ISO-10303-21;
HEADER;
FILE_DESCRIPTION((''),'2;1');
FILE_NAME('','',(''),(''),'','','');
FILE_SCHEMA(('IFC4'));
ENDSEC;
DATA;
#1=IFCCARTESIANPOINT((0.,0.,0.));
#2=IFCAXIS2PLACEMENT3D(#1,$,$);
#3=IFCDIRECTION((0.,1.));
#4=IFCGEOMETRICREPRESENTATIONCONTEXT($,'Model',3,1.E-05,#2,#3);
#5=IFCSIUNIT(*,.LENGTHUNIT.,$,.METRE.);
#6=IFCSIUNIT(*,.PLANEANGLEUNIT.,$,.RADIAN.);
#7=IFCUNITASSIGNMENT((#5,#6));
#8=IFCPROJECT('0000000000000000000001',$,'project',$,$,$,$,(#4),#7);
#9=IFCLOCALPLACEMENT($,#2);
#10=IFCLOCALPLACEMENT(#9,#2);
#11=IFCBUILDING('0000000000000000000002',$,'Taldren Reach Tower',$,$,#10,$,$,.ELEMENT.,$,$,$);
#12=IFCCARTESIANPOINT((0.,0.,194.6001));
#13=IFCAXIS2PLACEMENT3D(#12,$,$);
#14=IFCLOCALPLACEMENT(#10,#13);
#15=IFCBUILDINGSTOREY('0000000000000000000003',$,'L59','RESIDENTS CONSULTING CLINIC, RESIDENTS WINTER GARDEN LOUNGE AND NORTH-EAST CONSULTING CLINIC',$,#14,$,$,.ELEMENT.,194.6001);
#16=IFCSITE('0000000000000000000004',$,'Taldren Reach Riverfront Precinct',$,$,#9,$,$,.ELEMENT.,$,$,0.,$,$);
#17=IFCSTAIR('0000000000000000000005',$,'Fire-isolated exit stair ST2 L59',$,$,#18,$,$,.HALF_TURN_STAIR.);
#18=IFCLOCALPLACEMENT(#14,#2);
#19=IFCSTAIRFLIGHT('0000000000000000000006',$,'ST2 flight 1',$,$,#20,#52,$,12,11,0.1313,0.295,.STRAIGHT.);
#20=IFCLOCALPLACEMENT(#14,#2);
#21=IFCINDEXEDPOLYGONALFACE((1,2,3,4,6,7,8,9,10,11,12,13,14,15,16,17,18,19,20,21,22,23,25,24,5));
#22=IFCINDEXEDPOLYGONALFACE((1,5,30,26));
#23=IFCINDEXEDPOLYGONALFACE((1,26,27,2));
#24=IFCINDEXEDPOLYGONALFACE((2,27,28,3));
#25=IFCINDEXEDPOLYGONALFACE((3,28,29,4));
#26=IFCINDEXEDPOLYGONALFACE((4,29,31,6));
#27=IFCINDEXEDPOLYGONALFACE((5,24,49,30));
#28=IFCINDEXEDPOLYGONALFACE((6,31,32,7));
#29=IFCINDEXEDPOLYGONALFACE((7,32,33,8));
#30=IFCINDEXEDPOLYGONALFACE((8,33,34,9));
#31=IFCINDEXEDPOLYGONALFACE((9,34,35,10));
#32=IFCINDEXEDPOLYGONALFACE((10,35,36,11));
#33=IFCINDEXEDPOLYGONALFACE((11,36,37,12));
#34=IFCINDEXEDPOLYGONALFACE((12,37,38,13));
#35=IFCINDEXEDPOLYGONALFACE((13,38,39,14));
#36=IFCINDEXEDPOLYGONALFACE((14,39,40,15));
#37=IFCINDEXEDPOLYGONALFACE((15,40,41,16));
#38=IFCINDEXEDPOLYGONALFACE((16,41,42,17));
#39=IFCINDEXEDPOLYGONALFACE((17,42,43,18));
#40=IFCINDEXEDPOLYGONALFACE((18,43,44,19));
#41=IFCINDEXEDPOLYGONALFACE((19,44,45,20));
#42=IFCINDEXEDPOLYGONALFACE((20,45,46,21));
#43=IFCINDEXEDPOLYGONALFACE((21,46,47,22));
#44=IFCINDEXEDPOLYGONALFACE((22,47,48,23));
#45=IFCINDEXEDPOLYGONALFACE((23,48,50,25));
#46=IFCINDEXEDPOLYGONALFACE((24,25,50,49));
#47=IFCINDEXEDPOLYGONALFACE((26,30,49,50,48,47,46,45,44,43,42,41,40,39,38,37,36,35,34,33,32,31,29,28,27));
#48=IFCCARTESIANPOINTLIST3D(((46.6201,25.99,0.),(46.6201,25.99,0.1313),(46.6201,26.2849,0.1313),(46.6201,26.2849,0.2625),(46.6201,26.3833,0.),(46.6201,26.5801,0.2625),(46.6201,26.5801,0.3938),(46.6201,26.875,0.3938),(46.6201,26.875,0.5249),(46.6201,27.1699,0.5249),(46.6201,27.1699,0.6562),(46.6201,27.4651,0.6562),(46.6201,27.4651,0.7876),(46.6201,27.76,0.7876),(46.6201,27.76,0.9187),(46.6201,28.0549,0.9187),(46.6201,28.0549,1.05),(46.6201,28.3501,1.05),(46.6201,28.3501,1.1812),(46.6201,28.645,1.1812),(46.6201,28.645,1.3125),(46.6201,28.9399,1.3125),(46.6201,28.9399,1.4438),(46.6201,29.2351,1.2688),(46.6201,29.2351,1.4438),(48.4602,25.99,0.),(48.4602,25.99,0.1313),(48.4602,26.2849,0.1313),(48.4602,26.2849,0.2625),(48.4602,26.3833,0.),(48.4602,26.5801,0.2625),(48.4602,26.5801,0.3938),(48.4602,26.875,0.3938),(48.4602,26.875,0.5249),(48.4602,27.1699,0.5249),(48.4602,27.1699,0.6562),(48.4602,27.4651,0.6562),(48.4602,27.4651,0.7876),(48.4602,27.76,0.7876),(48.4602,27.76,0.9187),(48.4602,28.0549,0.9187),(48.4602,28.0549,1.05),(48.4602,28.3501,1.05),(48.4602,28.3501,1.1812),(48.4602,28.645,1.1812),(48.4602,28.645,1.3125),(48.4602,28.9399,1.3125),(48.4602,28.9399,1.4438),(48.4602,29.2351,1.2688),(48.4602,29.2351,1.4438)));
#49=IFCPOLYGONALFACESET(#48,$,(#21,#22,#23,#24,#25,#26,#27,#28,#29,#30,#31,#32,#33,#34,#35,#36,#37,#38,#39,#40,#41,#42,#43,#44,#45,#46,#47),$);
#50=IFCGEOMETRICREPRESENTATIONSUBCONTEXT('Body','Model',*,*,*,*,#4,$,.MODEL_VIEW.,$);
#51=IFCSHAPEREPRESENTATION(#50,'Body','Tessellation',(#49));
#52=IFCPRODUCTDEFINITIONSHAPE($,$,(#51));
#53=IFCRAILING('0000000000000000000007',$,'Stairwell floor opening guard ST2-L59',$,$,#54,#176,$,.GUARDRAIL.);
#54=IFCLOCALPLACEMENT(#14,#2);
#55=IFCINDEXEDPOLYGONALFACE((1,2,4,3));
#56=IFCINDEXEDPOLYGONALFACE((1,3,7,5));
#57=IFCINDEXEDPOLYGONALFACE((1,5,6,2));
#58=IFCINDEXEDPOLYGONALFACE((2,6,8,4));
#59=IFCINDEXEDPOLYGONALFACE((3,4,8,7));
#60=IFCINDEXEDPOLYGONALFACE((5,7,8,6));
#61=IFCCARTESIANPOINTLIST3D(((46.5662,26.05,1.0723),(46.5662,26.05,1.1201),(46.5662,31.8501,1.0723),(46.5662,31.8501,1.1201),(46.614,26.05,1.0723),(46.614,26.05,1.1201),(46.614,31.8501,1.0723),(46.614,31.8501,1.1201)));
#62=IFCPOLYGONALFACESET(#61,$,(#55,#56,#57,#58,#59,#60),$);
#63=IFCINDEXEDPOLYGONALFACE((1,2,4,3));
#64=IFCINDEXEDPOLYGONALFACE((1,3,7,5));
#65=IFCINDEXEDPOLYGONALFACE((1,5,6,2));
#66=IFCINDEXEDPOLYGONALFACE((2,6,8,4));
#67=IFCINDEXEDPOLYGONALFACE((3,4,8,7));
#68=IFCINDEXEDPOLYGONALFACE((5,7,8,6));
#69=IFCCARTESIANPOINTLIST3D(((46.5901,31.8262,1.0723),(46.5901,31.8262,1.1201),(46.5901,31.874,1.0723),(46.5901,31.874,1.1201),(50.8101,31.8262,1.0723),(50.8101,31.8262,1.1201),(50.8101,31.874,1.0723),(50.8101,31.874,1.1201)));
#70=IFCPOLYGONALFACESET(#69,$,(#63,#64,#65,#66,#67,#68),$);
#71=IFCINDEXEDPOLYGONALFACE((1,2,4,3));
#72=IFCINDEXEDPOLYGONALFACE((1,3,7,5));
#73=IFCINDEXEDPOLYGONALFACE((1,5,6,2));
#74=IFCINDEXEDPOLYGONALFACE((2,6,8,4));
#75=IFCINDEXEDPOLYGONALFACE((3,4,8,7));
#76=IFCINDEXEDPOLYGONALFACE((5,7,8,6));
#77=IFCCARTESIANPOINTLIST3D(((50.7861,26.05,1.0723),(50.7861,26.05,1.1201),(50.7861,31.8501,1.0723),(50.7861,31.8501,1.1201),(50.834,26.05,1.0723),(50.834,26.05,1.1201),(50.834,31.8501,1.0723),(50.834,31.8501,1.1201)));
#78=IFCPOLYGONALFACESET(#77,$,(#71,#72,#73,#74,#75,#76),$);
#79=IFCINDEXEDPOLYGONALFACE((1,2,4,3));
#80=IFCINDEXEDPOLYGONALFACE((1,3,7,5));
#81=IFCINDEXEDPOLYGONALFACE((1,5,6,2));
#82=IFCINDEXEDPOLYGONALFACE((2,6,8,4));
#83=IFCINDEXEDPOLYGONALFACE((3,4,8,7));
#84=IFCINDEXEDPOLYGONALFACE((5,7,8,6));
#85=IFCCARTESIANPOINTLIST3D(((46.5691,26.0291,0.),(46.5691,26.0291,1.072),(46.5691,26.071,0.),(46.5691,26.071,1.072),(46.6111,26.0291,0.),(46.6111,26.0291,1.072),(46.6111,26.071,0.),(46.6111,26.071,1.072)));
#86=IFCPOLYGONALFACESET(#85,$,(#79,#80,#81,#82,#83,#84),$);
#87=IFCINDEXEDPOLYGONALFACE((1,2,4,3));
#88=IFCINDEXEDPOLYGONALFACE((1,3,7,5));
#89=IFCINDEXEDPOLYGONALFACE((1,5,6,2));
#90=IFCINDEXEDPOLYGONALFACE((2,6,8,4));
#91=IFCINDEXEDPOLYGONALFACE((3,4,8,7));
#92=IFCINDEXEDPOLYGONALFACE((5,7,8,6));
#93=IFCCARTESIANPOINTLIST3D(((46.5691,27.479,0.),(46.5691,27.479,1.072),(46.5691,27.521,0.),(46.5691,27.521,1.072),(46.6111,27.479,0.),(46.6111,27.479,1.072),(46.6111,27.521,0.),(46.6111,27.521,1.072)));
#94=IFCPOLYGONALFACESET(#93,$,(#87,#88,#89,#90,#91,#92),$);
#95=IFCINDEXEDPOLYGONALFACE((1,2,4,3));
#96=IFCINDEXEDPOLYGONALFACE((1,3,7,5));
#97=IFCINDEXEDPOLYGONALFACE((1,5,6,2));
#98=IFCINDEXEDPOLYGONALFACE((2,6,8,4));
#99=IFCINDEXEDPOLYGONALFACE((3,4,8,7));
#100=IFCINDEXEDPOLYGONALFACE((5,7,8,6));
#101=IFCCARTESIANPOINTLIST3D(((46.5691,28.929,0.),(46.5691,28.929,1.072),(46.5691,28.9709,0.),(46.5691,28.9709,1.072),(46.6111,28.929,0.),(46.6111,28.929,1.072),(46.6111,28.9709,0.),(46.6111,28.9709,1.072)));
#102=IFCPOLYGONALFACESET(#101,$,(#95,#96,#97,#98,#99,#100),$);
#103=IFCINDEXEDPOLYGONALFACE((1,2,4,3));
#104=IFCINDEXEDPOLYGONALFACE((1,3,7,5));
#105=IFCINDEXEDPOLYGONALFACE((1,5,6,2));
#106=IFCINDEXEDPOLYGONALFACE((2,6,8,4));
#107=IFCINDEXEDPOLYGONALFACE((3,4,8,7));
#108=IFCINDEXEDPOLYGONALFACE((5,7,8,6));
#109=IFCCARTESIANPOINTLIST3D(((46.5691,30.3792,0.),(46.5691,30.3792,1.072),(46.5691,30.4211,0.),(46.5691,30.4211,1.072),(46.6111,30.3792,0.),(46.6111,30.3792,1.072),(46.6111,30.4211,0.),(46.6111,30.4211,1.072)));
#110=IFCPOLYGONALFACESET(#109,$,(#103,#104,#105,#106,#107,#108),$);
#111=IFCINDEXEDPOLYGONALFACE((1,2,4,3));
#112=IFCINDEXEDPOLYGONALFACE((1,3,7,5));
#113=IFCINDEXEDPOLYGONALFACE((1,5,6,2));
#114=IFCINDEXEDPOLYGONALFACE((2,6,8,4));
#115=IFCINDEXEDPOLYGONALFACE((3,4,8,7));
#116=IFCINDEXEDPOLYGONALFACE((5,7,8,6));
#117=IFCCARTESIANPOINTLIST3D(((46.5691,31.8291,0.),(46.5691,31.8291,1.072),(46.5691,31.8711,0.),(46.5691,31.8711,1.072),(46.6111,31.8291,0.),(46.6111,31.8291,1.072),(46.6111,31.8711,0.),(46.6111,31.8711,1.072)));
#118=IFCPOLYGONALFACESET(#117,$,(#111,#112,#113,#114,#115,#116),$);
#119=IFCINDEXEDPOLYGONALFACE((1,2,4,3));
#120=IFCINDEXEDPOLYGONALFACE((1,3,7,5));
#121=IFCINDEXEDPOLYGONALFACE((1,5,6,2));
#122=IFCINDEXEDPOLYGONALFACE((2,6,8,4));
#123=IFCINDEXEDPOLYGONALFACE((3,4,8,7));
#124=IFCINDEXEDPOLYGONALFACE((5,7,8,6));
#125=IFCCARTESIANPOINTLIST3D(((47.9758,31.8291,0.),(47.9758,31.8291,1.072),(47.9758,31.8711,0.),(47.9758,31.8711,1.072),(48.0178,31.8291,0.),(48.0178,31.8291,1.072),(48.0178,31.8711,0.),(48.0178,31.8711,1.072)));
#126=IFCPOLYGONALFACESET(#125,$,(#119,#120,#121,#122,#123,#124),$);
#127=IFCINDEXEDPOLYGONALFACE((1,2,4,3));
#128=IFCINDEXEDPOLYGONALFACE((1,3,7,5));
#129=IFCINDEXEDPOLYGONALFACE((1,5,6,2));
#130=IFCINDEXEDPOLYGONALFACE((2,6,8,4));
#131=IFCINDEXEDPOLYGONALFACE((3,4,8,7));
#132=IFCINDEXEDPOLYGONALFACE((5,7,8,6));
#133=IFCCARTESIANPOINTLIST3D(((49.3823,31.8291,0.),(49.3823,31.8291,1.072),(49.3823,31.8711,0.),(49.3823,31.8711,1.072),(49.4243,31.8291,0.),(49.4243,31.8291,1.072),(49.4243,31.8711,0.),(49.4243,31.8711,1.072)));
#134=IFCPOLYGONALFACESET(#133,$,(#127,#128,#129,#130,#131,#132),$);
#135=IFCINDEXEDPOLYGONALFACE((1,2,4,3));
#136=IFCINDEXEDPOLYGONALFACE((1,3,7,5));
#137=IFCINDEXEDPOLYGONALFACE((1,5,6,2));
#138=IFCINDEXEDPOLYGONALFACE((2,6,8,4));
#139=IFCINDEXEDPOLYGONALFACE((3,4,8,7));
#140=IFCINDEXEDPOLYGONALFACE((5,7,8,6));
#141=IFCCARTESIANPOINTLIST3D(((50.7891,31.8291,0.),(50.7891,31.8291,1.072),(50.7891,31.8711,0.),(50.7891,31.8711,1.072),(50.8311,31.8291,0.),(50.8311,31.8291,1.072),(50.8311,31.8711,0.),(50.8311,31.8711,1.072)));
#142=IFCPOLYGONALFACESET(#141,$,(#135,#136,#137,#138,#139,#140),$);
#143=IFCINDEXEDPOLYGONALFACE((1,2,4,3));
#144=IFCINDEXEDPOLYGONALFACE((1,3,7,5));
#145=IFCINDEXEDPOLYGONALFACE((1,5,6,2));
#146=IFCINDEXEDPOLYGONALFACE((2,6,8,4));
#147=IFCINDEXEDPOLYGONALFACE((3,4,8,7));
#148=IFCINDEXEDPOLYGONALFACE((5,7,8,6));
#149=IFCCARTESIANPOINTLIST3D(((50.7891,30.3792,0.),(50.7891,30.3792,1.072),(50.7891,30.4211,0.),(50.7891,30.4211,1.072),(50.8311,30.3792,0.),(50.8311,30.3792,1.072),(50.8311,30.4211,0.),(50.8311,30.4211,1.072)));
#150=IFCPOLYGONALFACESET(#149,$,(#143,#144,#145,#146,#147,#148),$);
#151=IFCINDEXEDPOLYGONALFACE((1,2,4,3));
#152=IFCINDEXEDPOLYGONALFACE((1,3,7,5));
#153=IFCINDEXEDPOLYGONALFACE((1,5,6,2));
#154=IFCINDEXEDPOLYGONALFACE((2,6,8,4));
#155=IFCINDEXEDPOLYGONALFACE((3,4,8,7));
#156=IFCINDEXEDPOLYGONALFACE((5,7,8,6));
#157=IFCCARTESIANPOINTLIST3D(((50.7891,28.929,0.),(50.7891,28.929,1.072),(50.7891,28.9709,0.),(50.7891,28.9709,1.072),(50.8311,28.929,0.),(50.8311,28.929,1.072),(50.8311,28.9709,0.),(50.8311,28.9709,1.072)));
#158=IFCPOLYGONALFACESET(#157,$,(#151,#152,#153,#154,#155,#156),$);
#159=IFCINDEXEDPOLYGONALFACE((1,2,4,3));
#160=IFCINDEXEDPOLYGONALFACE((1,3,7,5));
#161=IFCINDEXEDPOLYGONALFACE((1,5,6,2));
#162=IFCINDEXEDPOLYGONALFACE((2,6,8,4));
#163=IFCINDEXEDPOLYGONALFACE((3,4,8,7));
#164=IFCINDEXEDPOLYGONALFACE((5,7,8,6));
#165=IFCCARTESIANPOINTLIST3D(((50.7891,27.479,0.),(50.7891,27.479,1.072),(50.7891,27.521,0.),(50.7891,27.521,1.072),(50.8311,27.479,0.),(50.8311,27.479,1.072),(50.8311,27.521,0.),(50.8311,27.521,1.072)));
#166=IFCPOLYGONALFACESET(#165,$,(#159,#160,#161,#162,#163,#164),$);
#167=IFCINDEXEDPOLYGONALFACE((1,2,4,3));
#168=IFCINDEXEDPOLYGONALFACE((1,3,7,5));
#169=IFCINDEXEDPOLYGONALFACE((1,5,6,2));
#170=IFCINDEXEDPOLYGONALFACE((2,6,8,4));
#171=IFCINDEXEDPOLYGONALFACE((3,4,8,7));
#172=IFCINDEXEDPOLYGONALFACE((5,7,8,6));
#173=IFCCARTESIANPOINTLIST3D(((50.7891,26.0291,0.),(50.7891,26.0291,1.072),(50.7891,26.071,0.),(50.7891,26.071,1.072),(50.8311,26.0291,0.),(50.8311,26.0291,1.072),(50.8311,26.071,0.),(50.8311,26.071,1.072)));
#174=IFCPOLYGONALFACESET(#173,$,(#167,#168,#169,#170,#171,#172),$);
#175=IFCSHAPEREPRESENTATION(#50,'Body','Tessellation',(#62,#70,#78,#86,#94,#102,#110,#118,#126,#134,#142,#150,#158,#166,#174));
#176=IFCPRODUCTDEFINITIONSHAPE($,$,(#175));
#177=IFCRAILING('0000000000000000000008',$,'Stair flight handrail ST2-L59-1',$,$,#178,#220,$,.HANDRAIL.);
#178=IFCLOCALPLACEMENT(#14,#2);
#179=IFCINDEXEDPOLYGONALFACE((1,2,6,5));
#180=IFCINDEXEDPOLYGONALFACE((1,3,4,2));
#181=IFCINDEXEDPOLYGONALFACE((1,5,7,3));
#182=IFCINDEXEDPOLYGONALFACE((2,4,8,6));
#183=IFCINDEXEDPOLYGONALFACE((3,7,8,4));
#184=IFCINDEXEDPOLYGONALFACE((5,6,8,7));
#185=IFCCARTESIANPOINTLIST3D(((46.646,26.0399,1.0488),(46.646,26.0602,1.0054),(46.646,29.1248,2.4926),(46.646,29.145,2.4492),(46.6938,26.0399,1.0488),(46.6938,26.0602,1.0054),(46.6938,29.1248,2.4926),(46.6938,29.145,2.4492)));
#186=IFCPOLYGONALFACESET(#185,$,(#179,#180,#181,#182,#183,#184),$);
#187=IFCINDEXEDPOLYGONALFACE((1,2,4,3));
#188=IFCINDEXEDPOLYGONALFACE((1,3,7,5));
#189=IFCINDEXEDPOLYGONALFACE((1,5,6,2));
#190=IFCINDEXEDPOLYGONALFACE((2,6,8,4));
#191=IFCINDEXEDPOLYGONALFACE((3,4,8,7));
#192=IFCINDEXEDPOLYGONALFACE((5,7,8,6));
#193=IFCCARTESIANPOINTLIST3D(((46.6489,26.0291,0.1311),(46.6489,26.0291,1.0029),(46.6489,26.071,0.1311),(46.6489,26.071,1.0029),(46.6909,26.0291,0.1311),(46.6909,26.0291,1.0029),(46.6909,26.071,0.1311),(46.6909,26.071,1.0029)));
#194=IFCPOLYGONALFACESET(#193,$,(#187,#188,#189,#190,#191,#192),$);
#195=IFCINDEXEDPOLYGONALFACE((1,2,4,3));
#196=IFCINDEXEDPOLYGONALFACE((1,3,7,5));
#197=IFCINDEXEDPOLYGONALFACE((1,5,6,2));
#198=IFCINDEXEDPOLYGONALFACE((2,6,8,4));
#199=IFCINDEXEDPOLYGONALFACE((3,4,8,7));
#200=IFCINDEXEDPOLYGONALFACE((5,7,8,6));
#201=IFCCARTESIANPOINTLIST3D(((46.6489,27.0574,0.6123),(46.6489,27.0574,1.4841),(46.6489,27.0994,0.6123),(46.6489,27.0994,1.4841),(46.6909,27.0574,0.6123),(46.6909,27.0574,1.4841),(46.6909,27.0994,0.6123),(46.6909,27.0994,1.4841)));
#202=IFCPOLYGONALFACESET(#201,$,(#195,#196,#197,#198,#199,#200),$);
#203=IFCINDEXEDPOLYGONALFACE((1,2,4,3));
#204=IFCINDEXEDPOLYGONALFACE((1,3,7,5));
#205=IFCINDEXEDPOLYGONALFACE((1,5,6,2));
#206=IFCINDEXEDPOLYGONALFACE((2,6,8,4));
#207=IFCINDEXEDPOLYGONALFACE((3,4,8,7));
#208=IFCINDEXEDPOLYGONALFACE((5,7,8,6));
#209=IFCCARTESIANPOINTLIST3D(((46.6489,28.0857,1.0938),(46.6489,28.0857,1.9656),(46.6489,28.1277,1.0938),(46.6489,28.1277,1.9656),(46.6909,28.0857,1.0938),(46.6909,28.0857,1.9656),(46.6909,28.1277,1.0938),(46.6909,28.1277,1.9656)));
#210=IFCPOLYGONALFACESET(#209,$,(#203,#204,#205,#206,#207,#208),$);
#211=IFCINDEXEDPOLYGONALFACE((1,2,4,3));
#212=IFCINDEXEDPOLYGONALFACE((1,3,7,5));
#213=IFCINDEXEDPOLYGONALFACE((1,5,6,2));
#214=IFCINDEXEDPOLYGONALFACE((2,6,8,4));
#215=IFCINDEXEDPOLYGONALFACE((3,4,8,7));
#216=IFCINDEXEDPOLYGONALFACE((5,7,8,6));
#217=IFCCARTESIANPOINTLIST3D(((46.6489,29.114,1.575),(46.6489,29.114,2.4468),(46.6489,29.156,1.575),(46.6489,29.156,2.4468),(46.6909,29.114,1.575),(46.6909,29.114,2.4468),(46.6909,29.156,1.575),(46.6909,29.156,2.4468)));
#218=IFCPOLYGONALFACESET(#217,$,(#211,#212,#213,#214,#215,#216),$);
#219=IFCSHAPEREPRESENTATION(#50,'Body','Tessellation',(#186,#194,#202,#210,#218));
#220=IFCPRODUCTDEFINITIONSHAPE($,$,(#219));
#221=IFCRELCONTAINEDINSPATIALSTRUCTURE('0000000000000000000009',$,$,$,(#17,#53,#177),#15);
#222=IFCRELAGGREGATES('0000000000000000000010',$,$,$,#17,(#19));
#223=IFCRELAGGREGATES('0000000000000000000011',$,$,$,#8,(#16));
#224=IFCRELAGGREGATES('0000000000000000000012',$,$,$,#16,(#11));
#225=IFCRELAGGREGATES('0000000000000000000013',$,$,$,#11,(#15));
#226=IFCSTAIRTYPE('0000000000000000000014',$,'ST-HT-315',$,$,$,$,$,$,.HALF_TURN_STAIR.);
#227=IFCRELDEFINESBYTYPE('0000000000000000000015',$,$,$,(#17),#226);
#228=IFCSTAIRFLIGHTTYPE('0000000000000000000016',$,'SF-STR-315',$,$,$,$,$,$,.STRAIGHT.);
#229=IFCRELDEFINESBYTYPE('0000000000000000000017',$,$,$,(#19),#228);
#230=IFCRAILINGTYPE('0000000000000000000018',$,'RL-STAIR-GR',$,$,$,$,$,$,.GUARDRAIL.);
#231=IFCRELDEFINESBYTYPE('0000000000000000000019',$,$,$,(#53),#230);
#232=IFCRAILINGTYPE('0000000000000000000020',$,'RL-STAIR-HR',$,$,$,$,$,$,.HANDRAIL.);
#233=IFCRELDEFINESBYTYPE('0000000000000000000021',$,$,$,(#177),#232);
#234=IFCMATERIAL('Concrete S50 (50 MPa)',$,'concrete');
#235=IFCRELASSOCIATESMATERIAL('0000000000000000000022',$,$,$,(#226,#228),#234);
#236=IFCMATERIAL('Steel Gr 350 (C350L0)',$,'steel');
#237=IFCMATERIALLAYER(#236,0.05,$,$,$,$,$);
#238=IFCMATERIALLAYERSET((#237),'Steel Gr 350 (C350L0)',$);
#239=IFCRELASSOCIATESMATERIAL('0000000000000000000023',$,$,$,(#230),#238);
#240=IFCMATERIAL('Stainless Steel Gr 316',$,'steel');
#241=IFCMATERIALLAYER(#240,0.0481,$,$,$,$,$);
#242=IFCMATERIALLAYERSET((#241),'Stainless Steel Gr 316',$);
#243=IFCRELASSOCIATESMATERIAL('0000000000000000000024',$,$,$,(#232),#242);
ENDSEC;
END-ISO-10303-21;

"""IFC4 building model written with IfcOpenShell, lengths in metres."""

from ifc_helpers import new_model, si_unit, direction, frame, origin, origin_2d, place, context, subcontext, project, spatial, polyline, rectangle, outline, extrude, material, layer, layer_set, type_object, element, aggregate, save


model = new_model("IFC4")

# Units and contexts
model_context = context("Model", 3, precision=1e-05, world=origin(), true_north=direction((0.0, 1.0)))
body_context = subcontext(model_context, "Body", "Model", "MODEL_VIEW")
ifc_project = project(units=[si_unit("LENGTHUNIT", "METRE"), si_unit("PLANEANGLEUNIT", "RADIAN")], contexts=[model_context])

# Site, building, storey
site_placement = place(None, origin())
site = spatial("IfcSite", under=ifc_project, at=site_placement, Name="Taldren Reach Riverfront Precinct", CompositionType="ELEMENT", RefElevation=0.0)
building_placement = place(site_placement, origin())
building = spatial("IfcBuilding", under=site, at=building_placement, Name="Taldren Reach Tower", CompositionType="ELEMENT")
storey_placement = place(building_placement, frame((0.0, 0.0, 194.6001)))
storey = spatial("IfcBuildingStorey", under=building, at=storey_placement, Name="L59", Description="RESIDENTS CONSULTING CLINIC, RESIDENTS WINTER GARDEN LOUNGE AND NORTH-EAST CONSULTING CLINIC", CompositionType="ELEMENT", Elevation=194.6001)

# Shared definitions
ifc_material_1 = material(Name="Concrete S50 (50 MPa)", Category="concrete")

# Stair, stair flight
stair_type = type_object("IfcStairType", Name="ST-HT-315", PredefinedType="HALF_TURN_STAIR", material=ifc_material_1)
stair_placement = place(storey_placement, origin())
stair = element("IfcStair", 1, at=stair_placement, inside=storey, type_object=stair_type, Name="Fire-isolated exit stair ST2 L59", PredefinedType="HALF_TURN_STAIR")
stair_flight_type = type_object("IfcStairFlightType", Name="SF-STR-315", PredefinedType="STRAIGHT", material=ifc_material_1)
stair_flight_placement = place(storey_placement, frame((47.54, 25.99, 0.0), z_axis=(0.0, 0.0, 1.0), x_axis=(0.0, 1.0, 0.0)))
stair_flight = element("IfcStairFlight", 2, at=stair_flight_placement, type_object=stair_flight_type, Name="ST2 flight 1", NumberOfRisers=12, NumberOfTreads=11, PredefinedType="STRAIGHT", RiserHeight=0.1313, TreadLength=0.295, context=body_context, shape_type="SweptSolid", body=[
    extrude(outline(polyline([(0.0, 0.0), (0.0, 0.1313), (0.2949, 0.1313), (0.2949, 0.2625), (0.5901, 0.2625), (0.5901, 0.3938), (0.885, 0.3938), (0.885, 0.5249), (1.1799, 0.5249), (1.1799, 0.6562), (1.4751, 0.6562), (1.4751, 0.7876), (1.77, 0.7876), (1.77, 0.9187), (2.0649, 0.9187), (2.0649, 1.05), (2.3601, 1.05), (2.3601, 1.1812), (2.655, 1.1812), (2.655, 1.3125), (2.95, 1.3125), (2.95, 1.4438), (3.2451, 1.4438), (3.2451, 1.575), (3.2451, 1.2688), (0.3933, 0.0), (0.0, 0.0)])), frame((0.0, 0.9199, 0.0), z_axis=(0.0, -1.0, 0.0), x_axis=(1.0, 0.0, 0.0)), (0.0, 0.0, 1.0), 1.8401),
])
aggregate(stair, [stair_flight])

# Railings
ifc_material_2 = material(Name="Steel Gr 350 (C350L0)", Category="steel")
ifc_layer_1 = layer(ifc_material_2, 0.05)
ifc_layer_set_1 = layer_set([ifc_layer_1], Name="Steel Gr 350 (C350L0)")
railing_type_1 = type_object("IfcRailingType", Name="RL-STAIR-GR", PredefinedType="GUARDRAIL", material=ifc_layer_set_1)
railing_1_placement = place(storey_placement, frame((46.5901, 26.05, 0.0)))
element("IfcRailing", 3, at=railing_1_placement, inside=storey, type_object=railing_type_1, Name="Stairwell floor opening guard ST2-L59", PredefinedType="GUARDRAIL", context=body_context, shape_type="SweptSolid", body=[
    extrude(rectangle(XDim=0.0479, YDim=0.0479, at=origin_2d()), frame((0.0, 0.0, 1.0962), z_axis=(0.0, 1.0, 0.0), x_axis=(-1.0, 0.0, 0.0)), (0.0, 0.0, 1.0), 5.8),
    extrude(rectangle(XDim=0.0479, YDim=0.0479, at=origin_2d()), frame((0.0, 5.8, 1.0962), z_axis=(1.0, 0.0, 0.0), x_axis=(0.0, 1.0, 0.0)), (0.0, 0.0, 1.0), 4.22),
    extrude(rectangle(XDim=0.0479, YDim=0.0479, at=origin_2d()), frame((4.22, 5.8, 1.0962), z_axis=(0.0, -1.0, 0.0), x_axis=(1.0, 0.0, 0.0)), (0.0, 0.0, 1.0), 5.8),
    extrude(rectangle(XDim=0.042, YDim=0.042, at=origin_2d()), origin(), (0.0, 0.0, 1.0), 1.072),
    extrude(rectangle(XDim=0.042, YDim=0.042, at=origin_2d()), frame((0.0, 1.45, 0.0)), (0.0, 0.0, 1.0), 1.072),
    extrude(rectangle(XDim=0.042, YDim=0.042, at=origin_2d()), frame((0.0, 2.8999, 0.0)), (0.0, 0.0, 1.0), 1.072),
    extrude(rectangle(XDim=0.042, YDim=0.042, at=origin_2d()), frame((0.0, 4.3501, 0.0)), (0.0, 0.0, 1.0), 1.072),
    extrude(rectangle(XDim=0.042, YDim=0.042, at=origin_2d()), frame((0.0, 5.8, 0.0)), (0.0, 0.0, 1.0), 1.072),
    extrude(rectangle(XDim=0.042, YDim=0.042, at=origin_2d()), frame((1.4067, 5.8, 0.0)), (0.0, 0.0, 1.0), 1.072),
    extrude(rectangle(XDim=0.042, YDim=0.042, at=origin_2d()), frame((2.8132, 5.8, 0.0)), (0.0, 0.0, 1.0), 1.072),
    extrude(rectangle(XDim=0.042, YDim=0.042, at=origin_2d()), frame((4.22, 5.8, 0.0)), (0.0, 0.0, 1.0), 1.072),
    extrude(rectangle(XDim=0.042, YDim=0.042, at=origin_2d()), frame((4.22, 4.3501, 0.0)), (0.0, 0.0, 1.0), 1.072),
    extrude(rectangle(XDim=0.042, YDim=0.042, at=origin_2d()), frame((4.22, 2.8999, 0.0)), (0.0, 0.0, 1.0), 1.072),
    extrude(rectangle(XDim=0.042, YDim=0.042, at=origin_2d()), frame((4.22, 1.45, 0.0)), (0.0, 0.0, 1.0), 1.072),
    extrude(rectangle(XDim=0.042, YDim=0.042, at=origin_2d()), frame((4.22, 0.0, 0.0)), (0.0, 0.0, 1.0), 1.072),
])
ifc_material_3 = material(Name="Stainless Steel Gr 316", Category="steel")
ifc_layer_2 = layer(ifc_material_3, 0.0481)
ifc_layer_set_2 = layer_set([ifc_layer_2], Name="Stainless Steel Gr 316")
railing_type_2 = type_object("IfcRailingType", Name="RL-STAIR-HR", PredefinedType="HANDRAIL", material=ifc_layer_set_2)
railing_2_placement = place(storey_placement, frame((46.6699, 26.05, 0.1311)))
element("IfcRailing", 4, at=railing_2_placement, inside=storey, type_object=railing_type_2, Name="Stair flight handrail ST2-L59-1", PredefinedType="HANDRAIL", context=body_context, shape_type="SweptSolid", body=[
    extrude(rectangle(XDim=0.0479, YDim=0.0479, at=origin_2d()), frame((0.0, 0.0, 0.896), z_axis=(0.0, 0.90571, 0.423898), x_axis=(-1.0, 0.0, 0.0)), (0.0, 0.0, 1.0), 3.406),
    extrude(rectangle(XDim=0.042, YDim=0.042, at=origin_2d()), origin(), (0.0, 0.0, 1.0), 0.8718),
    extrude(rectangle(XDim=0.042, YDim=0.042, at=origin_2d()), frame((0.0, 1.0283, 0.4812)), (0.0, 0.0, 1.0), 0.8718),
    extrude(rectangle(XDim=0.042, YDim=0.042, at=origin_2d()), frame((0.0, 2.0566, 0.9626)), (0.0, 0.0, 1.0), 0.8718),
    extrude(rectangle(XDim=0.042, YDim=0.042, at=origin_2d()), frame((0.0, 3.085, 1.4438)), (0.0, 0.0, 1.0), 0.8718),
])

save(model, "model.ifc")
